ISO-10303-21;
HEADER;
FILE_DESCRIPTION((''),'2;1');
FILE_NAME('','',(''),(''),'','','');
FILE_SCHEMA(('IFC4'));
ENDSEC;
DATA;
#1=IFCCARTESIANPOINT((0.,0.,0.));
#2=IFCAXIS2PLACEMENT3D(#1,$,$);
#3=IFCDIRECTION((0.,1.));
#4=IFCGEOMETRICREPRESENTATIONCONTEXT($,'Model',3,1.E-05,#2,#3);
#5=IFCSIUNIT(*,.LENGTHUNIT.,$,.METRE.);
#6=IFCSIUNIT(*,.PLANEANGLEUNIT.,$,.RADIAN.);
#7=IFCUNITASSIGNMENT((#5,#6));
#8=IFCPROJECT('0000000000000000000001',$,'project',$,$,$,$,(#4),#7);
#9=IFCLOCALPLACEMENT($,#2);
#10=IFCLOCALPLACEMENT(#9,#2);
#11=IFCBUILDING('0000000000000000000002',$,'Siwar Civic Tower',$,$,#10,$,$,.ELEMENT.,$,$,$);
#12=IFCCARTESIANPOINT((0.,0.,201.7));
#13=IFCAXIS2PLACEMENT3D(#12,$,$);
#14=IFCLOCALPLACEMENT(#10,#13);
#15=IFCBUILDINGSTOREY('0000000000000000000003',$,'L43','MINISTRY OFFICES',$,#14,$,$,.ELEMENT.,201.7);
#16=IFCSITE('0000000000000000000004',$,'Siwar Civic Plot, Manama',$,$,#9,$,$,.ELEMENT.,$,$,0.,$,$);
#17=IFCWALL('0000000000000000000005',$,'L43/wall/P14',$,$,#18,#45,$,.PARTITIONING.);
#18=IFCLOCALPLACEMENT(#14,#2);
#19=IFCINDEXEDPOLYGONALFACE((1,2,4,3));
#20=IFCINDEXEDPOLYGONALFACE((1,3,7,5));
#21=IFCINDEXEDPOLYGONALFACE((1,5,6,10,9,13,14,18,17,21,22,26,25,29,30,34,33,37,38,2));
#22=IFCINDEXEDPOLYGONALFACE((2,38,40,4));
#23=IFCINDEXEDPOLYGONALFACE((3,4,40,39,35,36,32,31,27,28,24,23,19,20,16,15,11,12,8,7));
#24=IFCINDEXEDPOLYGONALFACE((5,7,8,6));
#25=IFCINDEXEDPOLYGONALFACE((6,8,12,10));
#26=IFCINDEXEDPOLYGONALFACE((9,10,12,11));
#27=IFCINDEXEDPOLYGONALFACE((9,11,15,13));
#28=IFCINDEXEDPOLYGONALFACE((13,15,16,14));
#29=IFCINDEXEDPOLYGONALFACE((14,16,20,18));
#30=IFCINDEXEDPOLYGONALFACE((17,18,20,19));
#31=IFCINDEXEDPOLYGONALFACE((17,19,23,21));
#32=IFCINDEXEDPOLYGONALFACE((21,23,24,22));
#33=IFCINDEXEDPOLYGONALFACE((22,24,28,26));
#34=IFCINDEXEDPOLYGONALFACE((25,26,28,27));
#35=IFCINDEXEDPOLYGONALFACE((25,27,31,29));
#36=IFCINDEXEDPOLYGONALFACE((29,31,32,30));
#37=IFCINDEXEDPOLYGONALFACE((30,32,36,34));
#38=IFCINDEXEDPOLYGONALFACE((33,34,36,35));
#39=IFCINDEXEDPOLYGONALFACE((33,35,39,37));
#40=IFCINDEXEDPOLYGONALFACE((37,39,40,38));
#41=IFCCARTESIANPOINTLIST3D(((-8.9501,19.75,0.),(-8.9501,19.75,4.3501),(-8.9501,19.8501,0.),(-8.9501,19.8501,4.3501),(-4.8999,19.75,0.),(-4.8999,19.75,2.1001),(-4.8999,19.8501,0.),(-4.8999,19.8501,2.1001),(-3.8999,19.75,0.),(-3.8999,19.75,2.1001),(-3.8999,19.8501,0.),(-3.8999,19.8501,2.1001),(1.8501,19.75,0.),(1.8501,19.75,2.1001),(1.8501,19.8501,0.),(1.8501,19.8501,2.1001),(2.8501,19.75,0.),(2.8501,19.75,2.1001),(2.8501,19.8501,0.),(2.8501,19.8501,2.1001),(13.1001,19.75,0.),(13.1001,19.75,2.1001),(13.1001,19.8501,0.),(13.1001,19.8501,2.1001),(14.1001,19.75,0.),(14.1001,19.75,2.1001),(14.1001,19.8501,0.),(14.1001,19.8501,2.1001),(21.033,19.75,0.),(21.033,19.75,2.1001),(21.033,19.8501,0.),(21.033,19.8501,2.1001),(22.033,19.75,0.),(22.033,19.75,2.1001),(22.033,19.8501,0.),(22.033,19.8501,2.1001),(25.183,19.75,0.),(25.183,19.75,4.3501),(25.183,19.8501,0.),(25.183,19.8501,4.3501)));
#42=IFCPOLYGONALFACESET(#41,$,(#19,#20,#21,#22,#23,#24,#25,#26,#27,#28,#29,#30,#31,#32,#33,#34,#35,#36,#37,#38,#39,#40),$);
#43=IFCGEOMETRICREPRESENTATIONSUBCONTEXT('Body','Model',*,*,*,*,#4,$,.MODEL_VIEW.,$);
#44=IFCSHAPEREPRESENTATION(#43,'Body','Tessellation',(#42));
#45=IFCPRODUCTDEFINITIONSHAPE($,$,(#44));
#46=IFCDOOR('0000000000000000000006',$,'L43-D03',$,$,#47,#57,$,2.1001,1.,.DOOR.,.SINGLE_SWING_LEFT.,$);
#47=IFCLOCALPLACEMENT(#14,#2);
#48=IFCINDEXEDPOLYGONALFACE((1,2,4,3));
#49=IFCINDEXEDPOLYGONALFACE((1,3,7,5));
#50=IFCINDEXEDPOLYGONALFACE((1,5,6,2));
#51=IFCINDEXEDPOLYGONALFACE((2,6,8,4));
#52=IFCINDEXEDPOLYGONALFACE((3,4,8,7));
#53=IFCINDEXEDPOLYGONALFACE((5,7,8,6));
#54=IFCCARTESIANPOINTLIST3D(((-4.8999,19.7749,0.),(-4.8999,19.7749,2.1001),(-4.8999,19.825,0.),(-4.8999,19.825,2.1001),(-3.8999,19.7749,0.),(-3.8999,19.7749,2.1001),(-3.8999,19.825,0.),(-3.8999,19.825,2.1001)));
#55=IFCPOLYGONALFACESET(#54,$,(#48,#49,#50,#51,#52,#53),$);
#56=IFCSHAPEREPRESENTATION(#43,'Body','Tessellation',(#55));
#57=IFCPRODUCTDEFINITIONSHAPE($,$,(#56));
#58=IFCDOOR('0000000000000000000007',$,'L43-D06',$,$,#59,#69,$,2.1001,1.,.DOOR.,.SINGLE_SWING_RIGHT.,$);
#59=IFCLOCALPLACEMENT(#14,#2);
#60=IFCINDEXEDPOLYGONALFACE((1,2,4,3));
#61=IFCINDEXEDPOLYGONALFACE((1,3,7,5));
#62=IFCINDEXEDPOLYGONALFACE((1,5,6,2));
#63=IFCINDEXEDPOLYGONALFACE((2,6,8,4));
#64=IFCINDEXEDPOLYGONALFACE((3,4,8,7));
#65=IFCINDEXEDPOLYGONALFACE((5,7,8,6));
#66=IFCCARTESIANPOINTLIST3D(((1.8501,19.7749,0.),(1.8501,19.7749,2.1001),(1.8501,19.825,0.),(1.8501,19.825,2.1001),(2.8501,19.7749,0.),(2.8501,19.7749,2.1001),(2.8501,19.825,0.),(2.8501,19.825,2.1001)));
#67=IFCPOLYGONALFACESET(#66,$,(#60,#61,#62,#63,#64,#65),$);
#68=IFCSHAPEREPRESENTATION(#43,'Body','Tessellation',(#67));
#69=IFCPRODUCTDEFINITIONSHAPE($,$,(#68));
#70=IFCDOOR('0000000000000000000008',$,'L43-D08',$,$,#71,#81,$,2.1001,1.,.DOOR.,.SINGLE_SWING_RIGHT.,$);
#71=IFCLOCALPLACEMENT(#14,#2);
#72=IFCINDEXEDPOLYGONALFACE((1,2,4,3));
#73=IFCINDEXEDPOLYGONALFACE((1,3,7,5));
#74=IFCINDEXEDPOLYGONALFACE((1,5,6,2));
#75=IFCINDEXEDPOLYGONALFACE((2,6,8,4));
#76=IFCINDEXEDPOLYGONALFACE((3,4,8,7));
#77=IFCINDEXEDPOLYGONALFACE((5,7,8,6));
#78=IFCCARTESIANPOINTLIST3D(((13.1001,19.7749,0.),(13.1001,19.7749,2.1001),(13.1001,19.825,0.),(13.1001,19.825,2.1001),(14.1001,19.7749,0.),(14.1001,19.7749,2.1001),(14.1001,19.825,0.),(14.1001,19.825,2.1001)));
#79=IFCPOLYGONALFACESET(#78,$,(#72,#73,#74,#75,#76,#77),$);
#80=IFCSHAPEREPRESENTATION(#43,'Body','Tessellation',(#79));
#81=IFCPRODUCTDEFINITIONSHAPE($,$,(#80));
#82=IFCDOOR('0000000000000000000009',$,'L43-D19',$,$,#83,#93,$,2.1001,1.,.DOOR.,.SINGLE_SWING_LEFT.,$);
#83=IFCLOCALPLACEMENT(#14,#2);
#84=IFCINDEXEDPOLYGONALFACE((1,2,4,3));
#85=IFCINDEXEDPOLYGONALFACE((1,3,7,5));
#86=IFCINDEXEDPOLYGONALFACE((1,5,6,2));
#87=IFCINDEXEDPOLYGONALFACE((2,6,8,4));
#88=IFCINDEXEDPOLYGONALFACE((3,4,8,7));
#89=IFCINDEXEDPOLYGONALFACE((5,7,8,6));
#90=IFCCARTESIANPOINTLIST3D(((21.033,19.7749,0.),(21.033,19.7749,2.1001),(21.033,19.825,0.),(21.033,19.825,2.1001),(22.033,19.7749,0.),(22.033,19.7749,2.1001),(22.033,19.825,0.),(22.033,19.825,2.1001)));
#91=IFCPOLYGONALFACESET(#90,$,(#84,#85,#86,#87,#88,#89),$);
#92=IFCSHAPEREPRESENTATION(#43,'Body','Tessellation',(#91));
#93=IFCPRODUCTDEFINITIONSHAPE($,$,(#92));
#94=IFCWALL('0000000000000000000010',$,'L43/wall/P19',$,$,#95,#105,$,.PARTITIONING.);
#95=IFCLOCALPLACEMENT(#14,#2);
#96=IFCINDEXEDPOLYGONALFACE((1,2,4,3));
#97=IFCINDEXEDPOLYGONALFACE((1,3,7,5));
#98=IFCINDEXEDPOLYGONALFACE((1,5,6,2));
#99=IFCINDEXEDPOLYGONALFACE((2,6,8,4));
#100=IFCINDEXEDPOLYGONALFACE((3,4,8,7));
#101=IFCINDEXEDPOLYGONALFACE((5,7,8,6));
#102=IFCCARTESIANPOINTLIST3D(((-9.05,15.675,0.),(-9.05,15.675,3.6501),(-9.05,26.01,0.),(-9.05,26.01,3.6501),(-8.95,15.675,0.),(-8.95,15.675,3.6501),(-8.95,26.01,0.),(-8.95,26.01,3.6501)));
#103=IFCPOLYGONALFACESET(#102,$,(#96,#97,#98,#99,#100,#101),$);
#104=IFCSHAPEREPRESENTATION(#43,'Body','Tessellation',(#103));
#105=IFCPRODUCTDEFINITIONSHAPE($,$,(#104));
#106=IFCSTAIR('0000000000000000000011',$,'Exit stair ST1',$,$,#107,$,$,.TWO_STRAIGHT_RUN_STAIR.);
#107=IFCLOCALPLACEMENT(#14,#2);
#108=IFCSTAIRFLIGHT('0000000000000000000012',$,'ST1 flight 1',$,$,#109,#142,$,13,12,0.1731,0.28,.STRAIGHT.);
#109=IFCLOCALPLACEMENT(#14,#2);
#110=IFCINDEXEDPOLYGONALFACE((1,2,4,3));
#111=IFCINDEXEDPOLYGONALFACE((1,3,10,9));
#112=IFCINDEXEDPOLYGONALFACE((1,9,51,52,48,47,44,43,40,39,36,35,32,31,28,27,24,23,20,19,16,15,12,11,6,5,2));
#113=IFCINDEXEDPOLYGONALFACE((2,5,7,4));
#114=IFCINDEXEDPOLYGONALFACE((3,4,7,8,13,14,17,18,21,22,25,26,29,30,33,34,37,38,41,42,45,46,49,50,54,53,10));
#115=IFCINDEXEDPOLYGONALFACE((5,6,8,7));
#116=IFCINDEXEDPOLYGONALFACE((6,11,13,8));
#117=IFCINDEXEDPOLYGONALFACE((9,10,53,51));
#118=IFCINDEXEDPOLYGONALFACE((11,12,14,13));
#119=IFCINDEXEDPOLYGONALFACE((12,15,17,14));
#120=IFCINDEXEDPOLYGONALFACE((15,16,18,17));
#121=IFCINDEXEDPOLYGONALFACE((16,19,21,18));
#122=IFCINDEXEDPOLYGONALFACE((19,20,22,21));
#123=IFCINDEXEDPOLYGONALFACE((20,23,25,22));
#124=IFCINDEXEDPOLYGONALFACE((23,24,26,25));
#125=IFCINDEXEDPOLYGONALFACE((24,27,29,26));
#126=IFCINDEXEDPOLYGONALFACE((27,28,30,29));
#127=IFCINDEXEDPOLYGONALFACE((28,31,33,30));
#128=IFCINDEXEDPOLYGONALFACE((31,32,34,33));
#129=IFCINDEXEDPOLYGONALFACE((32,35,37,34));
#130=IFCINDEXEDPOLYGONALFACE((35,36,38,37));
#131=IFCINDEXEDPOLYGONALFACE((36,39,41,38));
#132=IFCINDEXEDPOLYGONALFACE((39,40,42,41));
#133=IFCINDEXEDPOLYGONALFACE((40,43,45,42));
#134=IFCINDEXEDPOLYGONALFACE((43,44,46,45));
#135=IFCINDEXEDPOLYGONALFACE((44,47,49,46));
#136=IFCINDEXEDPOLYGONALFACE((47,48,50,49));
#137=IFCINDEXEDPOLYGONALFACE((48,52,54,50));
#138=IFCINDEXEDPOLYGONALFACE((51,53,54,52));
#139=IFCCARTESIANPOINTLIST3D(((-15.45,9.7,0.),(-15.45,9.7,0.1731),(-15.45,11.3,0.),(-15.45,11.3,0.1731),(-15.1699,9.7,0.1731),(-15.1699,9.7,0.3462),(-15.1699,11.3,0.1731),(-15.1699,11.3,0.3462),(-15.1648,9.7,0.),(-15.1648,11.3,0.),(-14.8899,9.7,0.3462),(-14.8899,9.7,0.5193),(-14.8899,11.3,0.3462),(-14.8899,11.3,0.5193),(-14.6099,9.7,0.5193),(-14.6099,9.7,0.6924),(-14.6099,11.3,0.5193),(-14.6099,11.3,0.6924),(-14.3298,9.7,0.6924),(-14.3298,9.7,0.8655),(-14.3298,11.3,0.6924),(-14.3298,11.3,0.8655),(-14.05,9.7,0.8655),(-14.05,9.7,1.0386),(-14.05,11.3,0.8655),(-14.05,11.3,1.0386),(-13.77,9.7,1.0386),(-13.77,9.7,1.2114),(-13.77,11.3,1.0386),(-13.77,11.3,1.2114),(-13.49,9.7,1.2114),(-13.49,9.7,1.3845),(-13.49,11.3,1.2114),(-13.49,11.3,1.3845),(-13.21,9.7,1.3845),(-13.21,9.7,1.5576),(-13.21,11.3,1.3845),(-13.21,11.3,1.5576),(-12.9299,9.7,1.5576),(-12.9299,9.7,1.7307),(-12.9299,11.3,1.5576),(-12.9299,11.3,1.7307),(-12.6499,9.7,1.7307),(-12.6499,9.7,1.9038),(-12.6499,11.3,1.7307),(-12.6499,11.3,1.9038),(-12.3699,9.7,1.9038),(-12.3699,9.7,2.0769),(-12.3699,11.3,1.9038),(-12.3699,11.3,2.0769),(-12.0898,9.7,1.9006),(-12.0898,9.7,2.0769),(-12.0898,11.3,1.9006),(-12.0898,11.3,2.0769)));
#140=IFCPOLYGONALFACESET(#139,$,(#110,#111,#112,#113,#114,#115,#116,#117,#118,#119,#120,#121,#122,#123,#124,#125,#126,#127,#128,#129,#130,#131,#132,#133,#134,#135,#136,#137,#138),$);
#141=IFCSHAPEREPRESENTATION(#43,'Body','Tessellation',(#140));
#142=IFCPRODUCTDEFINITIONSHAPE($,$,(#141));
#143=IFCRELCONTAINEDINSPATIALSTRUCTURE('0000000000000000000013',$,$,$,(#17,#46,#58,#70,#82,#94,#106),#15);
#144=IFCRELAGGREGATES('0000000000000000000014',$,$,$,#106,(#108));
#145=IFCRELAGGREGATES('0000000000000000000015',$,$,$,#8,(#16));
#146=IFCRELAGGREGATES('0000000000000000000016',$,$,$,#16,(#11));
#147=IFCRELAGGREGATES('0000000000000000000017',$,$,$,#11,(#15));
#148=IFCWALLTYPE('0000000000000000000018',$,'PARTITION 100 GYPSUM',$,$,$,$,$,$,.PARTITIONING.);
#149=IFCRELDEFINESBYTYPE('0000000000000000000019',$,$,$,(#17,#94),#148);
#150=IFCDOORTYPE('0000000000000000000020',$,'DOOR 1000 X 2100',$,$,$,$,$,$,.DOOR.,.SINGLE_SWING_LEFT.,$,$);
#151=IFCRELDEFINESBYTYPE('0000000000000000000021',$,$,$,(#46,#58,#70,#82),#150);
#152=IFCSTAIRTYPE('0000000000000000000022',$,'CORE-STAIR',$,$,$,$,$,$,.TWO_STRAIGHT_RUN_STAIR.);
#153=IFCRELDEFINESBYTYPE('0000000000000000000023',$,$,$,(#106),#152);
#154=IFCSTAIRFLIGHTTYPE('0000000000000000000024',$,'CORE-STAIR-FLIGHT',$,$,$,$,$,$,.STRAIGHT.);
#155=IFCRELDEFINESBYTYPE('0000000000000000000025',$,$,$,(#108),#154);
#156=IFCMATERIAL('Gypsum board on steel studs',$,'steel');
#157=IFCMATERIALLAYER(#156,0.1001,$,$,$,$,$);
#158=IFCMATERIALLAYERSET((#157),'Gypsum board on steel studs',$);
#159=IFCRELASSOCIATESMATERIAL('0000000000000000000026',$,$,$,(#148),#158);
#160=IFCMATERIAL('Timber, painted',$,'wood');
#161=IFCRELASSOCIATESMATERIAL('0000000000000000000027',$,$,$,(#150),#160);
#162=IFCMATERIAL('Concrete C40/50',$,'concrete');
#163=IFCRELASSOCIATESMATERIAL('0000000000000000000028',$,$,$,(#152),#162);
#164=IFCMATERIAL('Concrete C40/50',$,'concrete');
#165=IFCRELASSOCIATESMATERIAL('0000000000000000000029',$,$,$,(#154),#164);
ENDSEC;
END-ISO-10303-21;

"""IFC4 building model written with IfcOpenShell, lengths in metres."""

from ifc_helpers import new_model, si_unit, direction, frame, frame_2d, origin, place, context, subcontext, project, spatial, polyline, rectangle, outline, extrude, material, layer, layer_set, type_object, element, fill, aggregate, save


model = new_model("IFC4")

# Units and contexts
model_context = context("Model", 3, precision=1e-05, world=origin(), true_north=direction((0.0, 1.0)))
body_context = subcontext(model_context, "Body", "Model", "MODEL_VIEW")
ifc_project = project(units=[si_unit("LENGTHUNIT", "METRE"), si_unit("PLANEANGLEUNIT", "RADIAN")], contexts=[model_context])

# Site, building, storey
site_placement = place(None, origin())
site = spatial("IfcSite", under=ifc_project, at=site_placement, Name="Siwar Civic Plot, Manama", CompositionType="ELEMENT", RefElevation=0.0)
building_placement = place(site_placement, origin())
building = spatial("IfcBuilding", under=site, at=building_placement, Name="Siwar Civic Tower", CompositionType="ELEMENT")
storey_placement = place(building_placement, frame((0.0, 0.0, 201.7)))
storey = spatial("IfcBuildingStorey", under=building, at=storey_placement, Name="L43", Description="MINISTRY OFFICES", CompositionType="ELEMENT", Elevation=201.7)

# Wall, openings, doors
ifc_material_1 = material(Name="Gypsum board on steel studs", Category="steel")
ifc_layer_1 = layer(ifc_material_1, 0.1001)
ifc_layer_set_1 = layer_set([ifc_layer_1], Name="Gypsum board on steel studs")
wall_type_1 = type_object("IfcWallType", Name="PARTITION 100 GYPSUM", PredefinedType="PARTITIONING", material=ifc_layer_set_1)
wall_1_placement = place(storey_placement, frame((-8.95, 19.8, 0.0), z_axis=(0.0, 0.0, 1.0), x_axis=(1.0, 0.0, 0.0)))
wall_1 = element("IfcWall", 1, at=wall_1_placement, inside=storey, type_object=wall_type_1, Name="L43/wall/P14", PredefinedType="PARTITIONING", context=body_context, shape_type="SweptSolid", body=[
    extrude(rectangle(XDim=34.1331, YDim=0.1001, at=frame_2d((17.0664, 0.0))), origin(), (0.0, 0.0, 1.0), 4.3501),
])
opening_1_placement = place(wall_1_placement, frame((4.05, 0.0, 0.0)))
opening_1 = element("IfcOpeningElement", 2, at=opening_1_placement, cuts=wall_1, PredefinedType="OPENING", context=body_context, shape_type="SweptSolid", body=[
    extrude(rectangle(XDim=1.0, YDim=2.1001, at=frame_2d((0.5, 1.05))), frame((0.0, 0.0601, 0.0), z_axis=(0.0, -1.0, 0.0), x_axis=(1.0, 0.0, 0.0)), (0.0, 0.0, 1.0), 0.1201),
])
opening_2_placement = place(wall_1_placement, frame((10.8, 0.0, 0.0)))
opening_2 = element("IfcOpeningElement", 3, at=opening_2_placement, cuts=wall_1, PredefinedType="OPENING", context=body_context, shape_type="SweptSolid", body=[
    extrude(rectangle(XDim=1.0, YDim=2.1001, at=frame_2d((0.5, 1.05))), frame((0.0, 0.0601, 0.0), z_axis=(0.0, -1.0, 0.0), x_axis=(1.0, 0.0, 0.0)), (0.0, 0.0, 1.0), 0.1201),
])
opening_3_placement = place(wall_1_placement, frame((22.05, 0.0, 0.0)))
opening_3 = element("IfcOpeningElement", 4, at=opening_3_placement, cuts=wall_1, PredefinedType="OPENING", context=body_context, shape_type="SweptSolid", body=[
    extrude(rectangle(XDim=1.0, YDim=2.1001, at=frame_2d((0.5, 1.05))), frame((0.0, 0.0601, 0.0), z_axis=(0.0, -1.0, 0.0), x_axis=(1.0, 0.0, 0.0)), (0.0, 0.0, 1.0), 0.1201),
])
opening_4_placement = place(wall_1_placement, frame((29.9829, 0.0, 0.0)))
opening_4 = element("IfcOpeningElement", 5, at=opening_4_placement, cuts=wall_1, PredefinedType="OPENING", context=body_context, shape_type="SweptSolid", body=[
    extrude(rectangle(XDim=1.0, YDim=2.1001, at=frame_2d((0.5, 1.05))), frame((0.0, 0.0601, 0.0), z_axis=(0.0, -1.0, 0.0), x_axis=(1.0, 0.0, 0.0)), (0.0, 0.0, 1.0), 0.1201),
])
ifc_material_2 = material(Name="Timber, painted", Category="wood")
door_type_1 = type_object("IfcDoorType", Name="DOOR 1000 X 2100", OperationType="SINGLE_SWING_LEFT", PredefinedType="DOOR", material=ifc_material_2)
door_1_placement = place(opening_1_placement, origin())
door_1 = element("IfcDoor", 6, at=door_1_placement, inside=storey, type_object=door_type_1, Name="L43-D03", OperationType="SINGLE_SWING_LEFT", OverallHeight=2.1001, OverallWidth=1.0, PredefinedType="DOOR", context=body_context, shape_type="SweptSolid", body=[
    extrude(rectangle(XDim=1.0, YDim=2.1001, at=frame_2d((0.5, 1.05))), frame((0.0, 0.0249, 0.0), z_axis=(0.0, -1.0, 0.0), x_axis=(1.0, 0.0, 0.0)), (0.0, 0.0, 1.0), 0.05),
])
fill(opening_1, door_1)
door_2_placement = place(opening_2_placement, origin())
door_2 = element("IfcDoor", 7, at=door_2_placement, inside=storey, type_object=door_type_1, Name="L43-D06", OperationType="SINGLE_SWING_RIGHT", OverallHeight=2.1001, OverallWidth=1.0, PredefinedType="DOOR", context=body_context, shape_type="SweptSolid", body=[
    extrude(rectangle(XDim=1.0, YDim=2.1001, at=frame_2d((0.5, 1.05))), frame((0.0, 0.0249, 0.0), z_axis=(0.0, -1.0, 0.0), x_axis=(1.0, 0.0, 0.0)), (0.0, 0.0, 1.0), 0.05),
])
fill(opening_2, door_2)
door_3_placement = place(opening_3_placement, origin())
door_3 = element("IfcDoor", 8, at=door_3_placement, inside=storey, type_object=door_type_1, Name="L43-D08", OperationType="SINGLE_SWING_RIGHT", OverallHeight=2.1001, OverallWidth=1.0, PredefinedType="DOOR", context=body_context, shape_type="SweptSolid", body=[
    extrude(rectangle(XDim=1.0, YDim=2.1001, at=frame_2d((0.5, 1.05))), frame((0.0, 0.0249, 0.0), z_axis=(0.0, -1.0, 0.0), x_axis=(1.0, 0.0, 0.0)), (0.0, 0.0, 1.0), 0.05),
])
fill(opening_3, door_3)
door_4_placement = place(opening_4_placement, origin())
door_4 = element("IfcDoor", 9, at=door_4_placement, inside=storey, type_object=door_type_1, Name="L43-D19", OperationType="SINGLE_SWING_LEFT", OverallHeight=2.1001, OverallWidth=1.0, PredefinedType="DOOR", context=body_context, shape_type="SweptSolid", body=[
    extrude(rectangle(XDim=1.0, YDim=2.1001, at=frame_2d((0.5, 1.05))), frame((0.0, 0.0249, 0.0), z_axis=(0.0, -1.0, 0.0), x_axis=(1.0, 0.0, 0.0)), (0.0, 0.0, 1.0), 0.05),
])
fill(opening_4, door_4)

# Wall
wall_2_placement = place(storey_placement, frame((-9.0, 15.675, 0.0), z_axis=(0.0, 0.0, 1.0), x_axis=(0.0, 1.0, 0.0)))
element("IfcWall", 10, at=wall_2_placement, inside=storey, type_object=wall_type_1, Name="L43/wall/P19", PredefinedType="PARTITIONING", context=body_context, shape_type="SweptSolid", body=[
    extrude(rectangle(XDim=10.335, YDim=0.1001, at=frame_2d((5.1675, 0.0))), origin(), (0.0, 0.0, 1.0), 3.6501),
])

# Stair, stair flight
ifc_material_3 = material(Name="Concrete C40/50", Category="concrete")
stair_type = type_object("IfcStairType", Name="CORE-STAIR", PredefinedType="TWO_STRAIGHT_RUN_STAIR", material=ifc_material_3)
stair_placement = place(storey_placement, origin())
stair = element("IfcStair", 11, at=stair_placement, inside=storey, type_object=stair_type, Name="Exit stair ST1", PredefinedType="TWO_STRAIGHT_RUN_STAIR")
ifc_material_4 = material(Name="Concrete C40/50", Category="concrete")
stair_flight_type = type_object("IfcStairFlightType", Name="CORE-STAIR-FLIGHT", PredefinedType="STRAIGHT", material=ifc_material_4)
stair_flight_1_placement = place(storey_placement, frame((-15.45, 10.5, 0.0), z_axis=(0.0, 0.0, 1.0), x_axis=(1.0, 0.0, 0.0)))
stair_flight_1 = element("IfcStairFlight", 12, at=stair_flight_1_placement, type_object=stair_flight_type, Name="ST1 flight 1", NumberOfRisers=13, NumberOfTreads=12, PredefinedType="STRAIGHT", RiserHeight=0.1731, TreadLength=0.28, context=body_context, shape_type="SweptSolid", body=[
    extrude(outline(polyline([(0.0, 0.0), (0.0, 0.1731), (0.28, 0.1731), (0.28, 0.3462), (0.5601, 0.3462), (0.5601, 0.5193), (0.8401, 0.5193), (0.8401, 0.6924), (1.1201, 0.6924), (1.1201, 0.8655), (1.3999, 0.8655), (1.3999, 1.0386), (1.6799, 1.0386), (1.6799, 1.2114), (1.96, 1.2114), (1.96, 1.3845), (2.24, 1.3845), (2.24, 1.5576), (2.52, 1.5576), (2.52, 1.7307), (2.8, 1.7307), (2.8, 1.9038), (3.0801, 1.9038), (3.0801, 2.0769), (3.3601, 2.0769), (3.3601, 2.25), (3.3601, 1.9006), (0.2852, 0.0), (0.0, 0.0)])), frame((0.0, 0.8, 0.0), z_axis=(0.0, -1.0, 0.0), x_axis=(1.0, 0.0, 0.0)), (0.0, 0.0, 1.0), 1.6001),
])
aggregate(stair, [stair_flight_1])

save(model, "model.ifc")
